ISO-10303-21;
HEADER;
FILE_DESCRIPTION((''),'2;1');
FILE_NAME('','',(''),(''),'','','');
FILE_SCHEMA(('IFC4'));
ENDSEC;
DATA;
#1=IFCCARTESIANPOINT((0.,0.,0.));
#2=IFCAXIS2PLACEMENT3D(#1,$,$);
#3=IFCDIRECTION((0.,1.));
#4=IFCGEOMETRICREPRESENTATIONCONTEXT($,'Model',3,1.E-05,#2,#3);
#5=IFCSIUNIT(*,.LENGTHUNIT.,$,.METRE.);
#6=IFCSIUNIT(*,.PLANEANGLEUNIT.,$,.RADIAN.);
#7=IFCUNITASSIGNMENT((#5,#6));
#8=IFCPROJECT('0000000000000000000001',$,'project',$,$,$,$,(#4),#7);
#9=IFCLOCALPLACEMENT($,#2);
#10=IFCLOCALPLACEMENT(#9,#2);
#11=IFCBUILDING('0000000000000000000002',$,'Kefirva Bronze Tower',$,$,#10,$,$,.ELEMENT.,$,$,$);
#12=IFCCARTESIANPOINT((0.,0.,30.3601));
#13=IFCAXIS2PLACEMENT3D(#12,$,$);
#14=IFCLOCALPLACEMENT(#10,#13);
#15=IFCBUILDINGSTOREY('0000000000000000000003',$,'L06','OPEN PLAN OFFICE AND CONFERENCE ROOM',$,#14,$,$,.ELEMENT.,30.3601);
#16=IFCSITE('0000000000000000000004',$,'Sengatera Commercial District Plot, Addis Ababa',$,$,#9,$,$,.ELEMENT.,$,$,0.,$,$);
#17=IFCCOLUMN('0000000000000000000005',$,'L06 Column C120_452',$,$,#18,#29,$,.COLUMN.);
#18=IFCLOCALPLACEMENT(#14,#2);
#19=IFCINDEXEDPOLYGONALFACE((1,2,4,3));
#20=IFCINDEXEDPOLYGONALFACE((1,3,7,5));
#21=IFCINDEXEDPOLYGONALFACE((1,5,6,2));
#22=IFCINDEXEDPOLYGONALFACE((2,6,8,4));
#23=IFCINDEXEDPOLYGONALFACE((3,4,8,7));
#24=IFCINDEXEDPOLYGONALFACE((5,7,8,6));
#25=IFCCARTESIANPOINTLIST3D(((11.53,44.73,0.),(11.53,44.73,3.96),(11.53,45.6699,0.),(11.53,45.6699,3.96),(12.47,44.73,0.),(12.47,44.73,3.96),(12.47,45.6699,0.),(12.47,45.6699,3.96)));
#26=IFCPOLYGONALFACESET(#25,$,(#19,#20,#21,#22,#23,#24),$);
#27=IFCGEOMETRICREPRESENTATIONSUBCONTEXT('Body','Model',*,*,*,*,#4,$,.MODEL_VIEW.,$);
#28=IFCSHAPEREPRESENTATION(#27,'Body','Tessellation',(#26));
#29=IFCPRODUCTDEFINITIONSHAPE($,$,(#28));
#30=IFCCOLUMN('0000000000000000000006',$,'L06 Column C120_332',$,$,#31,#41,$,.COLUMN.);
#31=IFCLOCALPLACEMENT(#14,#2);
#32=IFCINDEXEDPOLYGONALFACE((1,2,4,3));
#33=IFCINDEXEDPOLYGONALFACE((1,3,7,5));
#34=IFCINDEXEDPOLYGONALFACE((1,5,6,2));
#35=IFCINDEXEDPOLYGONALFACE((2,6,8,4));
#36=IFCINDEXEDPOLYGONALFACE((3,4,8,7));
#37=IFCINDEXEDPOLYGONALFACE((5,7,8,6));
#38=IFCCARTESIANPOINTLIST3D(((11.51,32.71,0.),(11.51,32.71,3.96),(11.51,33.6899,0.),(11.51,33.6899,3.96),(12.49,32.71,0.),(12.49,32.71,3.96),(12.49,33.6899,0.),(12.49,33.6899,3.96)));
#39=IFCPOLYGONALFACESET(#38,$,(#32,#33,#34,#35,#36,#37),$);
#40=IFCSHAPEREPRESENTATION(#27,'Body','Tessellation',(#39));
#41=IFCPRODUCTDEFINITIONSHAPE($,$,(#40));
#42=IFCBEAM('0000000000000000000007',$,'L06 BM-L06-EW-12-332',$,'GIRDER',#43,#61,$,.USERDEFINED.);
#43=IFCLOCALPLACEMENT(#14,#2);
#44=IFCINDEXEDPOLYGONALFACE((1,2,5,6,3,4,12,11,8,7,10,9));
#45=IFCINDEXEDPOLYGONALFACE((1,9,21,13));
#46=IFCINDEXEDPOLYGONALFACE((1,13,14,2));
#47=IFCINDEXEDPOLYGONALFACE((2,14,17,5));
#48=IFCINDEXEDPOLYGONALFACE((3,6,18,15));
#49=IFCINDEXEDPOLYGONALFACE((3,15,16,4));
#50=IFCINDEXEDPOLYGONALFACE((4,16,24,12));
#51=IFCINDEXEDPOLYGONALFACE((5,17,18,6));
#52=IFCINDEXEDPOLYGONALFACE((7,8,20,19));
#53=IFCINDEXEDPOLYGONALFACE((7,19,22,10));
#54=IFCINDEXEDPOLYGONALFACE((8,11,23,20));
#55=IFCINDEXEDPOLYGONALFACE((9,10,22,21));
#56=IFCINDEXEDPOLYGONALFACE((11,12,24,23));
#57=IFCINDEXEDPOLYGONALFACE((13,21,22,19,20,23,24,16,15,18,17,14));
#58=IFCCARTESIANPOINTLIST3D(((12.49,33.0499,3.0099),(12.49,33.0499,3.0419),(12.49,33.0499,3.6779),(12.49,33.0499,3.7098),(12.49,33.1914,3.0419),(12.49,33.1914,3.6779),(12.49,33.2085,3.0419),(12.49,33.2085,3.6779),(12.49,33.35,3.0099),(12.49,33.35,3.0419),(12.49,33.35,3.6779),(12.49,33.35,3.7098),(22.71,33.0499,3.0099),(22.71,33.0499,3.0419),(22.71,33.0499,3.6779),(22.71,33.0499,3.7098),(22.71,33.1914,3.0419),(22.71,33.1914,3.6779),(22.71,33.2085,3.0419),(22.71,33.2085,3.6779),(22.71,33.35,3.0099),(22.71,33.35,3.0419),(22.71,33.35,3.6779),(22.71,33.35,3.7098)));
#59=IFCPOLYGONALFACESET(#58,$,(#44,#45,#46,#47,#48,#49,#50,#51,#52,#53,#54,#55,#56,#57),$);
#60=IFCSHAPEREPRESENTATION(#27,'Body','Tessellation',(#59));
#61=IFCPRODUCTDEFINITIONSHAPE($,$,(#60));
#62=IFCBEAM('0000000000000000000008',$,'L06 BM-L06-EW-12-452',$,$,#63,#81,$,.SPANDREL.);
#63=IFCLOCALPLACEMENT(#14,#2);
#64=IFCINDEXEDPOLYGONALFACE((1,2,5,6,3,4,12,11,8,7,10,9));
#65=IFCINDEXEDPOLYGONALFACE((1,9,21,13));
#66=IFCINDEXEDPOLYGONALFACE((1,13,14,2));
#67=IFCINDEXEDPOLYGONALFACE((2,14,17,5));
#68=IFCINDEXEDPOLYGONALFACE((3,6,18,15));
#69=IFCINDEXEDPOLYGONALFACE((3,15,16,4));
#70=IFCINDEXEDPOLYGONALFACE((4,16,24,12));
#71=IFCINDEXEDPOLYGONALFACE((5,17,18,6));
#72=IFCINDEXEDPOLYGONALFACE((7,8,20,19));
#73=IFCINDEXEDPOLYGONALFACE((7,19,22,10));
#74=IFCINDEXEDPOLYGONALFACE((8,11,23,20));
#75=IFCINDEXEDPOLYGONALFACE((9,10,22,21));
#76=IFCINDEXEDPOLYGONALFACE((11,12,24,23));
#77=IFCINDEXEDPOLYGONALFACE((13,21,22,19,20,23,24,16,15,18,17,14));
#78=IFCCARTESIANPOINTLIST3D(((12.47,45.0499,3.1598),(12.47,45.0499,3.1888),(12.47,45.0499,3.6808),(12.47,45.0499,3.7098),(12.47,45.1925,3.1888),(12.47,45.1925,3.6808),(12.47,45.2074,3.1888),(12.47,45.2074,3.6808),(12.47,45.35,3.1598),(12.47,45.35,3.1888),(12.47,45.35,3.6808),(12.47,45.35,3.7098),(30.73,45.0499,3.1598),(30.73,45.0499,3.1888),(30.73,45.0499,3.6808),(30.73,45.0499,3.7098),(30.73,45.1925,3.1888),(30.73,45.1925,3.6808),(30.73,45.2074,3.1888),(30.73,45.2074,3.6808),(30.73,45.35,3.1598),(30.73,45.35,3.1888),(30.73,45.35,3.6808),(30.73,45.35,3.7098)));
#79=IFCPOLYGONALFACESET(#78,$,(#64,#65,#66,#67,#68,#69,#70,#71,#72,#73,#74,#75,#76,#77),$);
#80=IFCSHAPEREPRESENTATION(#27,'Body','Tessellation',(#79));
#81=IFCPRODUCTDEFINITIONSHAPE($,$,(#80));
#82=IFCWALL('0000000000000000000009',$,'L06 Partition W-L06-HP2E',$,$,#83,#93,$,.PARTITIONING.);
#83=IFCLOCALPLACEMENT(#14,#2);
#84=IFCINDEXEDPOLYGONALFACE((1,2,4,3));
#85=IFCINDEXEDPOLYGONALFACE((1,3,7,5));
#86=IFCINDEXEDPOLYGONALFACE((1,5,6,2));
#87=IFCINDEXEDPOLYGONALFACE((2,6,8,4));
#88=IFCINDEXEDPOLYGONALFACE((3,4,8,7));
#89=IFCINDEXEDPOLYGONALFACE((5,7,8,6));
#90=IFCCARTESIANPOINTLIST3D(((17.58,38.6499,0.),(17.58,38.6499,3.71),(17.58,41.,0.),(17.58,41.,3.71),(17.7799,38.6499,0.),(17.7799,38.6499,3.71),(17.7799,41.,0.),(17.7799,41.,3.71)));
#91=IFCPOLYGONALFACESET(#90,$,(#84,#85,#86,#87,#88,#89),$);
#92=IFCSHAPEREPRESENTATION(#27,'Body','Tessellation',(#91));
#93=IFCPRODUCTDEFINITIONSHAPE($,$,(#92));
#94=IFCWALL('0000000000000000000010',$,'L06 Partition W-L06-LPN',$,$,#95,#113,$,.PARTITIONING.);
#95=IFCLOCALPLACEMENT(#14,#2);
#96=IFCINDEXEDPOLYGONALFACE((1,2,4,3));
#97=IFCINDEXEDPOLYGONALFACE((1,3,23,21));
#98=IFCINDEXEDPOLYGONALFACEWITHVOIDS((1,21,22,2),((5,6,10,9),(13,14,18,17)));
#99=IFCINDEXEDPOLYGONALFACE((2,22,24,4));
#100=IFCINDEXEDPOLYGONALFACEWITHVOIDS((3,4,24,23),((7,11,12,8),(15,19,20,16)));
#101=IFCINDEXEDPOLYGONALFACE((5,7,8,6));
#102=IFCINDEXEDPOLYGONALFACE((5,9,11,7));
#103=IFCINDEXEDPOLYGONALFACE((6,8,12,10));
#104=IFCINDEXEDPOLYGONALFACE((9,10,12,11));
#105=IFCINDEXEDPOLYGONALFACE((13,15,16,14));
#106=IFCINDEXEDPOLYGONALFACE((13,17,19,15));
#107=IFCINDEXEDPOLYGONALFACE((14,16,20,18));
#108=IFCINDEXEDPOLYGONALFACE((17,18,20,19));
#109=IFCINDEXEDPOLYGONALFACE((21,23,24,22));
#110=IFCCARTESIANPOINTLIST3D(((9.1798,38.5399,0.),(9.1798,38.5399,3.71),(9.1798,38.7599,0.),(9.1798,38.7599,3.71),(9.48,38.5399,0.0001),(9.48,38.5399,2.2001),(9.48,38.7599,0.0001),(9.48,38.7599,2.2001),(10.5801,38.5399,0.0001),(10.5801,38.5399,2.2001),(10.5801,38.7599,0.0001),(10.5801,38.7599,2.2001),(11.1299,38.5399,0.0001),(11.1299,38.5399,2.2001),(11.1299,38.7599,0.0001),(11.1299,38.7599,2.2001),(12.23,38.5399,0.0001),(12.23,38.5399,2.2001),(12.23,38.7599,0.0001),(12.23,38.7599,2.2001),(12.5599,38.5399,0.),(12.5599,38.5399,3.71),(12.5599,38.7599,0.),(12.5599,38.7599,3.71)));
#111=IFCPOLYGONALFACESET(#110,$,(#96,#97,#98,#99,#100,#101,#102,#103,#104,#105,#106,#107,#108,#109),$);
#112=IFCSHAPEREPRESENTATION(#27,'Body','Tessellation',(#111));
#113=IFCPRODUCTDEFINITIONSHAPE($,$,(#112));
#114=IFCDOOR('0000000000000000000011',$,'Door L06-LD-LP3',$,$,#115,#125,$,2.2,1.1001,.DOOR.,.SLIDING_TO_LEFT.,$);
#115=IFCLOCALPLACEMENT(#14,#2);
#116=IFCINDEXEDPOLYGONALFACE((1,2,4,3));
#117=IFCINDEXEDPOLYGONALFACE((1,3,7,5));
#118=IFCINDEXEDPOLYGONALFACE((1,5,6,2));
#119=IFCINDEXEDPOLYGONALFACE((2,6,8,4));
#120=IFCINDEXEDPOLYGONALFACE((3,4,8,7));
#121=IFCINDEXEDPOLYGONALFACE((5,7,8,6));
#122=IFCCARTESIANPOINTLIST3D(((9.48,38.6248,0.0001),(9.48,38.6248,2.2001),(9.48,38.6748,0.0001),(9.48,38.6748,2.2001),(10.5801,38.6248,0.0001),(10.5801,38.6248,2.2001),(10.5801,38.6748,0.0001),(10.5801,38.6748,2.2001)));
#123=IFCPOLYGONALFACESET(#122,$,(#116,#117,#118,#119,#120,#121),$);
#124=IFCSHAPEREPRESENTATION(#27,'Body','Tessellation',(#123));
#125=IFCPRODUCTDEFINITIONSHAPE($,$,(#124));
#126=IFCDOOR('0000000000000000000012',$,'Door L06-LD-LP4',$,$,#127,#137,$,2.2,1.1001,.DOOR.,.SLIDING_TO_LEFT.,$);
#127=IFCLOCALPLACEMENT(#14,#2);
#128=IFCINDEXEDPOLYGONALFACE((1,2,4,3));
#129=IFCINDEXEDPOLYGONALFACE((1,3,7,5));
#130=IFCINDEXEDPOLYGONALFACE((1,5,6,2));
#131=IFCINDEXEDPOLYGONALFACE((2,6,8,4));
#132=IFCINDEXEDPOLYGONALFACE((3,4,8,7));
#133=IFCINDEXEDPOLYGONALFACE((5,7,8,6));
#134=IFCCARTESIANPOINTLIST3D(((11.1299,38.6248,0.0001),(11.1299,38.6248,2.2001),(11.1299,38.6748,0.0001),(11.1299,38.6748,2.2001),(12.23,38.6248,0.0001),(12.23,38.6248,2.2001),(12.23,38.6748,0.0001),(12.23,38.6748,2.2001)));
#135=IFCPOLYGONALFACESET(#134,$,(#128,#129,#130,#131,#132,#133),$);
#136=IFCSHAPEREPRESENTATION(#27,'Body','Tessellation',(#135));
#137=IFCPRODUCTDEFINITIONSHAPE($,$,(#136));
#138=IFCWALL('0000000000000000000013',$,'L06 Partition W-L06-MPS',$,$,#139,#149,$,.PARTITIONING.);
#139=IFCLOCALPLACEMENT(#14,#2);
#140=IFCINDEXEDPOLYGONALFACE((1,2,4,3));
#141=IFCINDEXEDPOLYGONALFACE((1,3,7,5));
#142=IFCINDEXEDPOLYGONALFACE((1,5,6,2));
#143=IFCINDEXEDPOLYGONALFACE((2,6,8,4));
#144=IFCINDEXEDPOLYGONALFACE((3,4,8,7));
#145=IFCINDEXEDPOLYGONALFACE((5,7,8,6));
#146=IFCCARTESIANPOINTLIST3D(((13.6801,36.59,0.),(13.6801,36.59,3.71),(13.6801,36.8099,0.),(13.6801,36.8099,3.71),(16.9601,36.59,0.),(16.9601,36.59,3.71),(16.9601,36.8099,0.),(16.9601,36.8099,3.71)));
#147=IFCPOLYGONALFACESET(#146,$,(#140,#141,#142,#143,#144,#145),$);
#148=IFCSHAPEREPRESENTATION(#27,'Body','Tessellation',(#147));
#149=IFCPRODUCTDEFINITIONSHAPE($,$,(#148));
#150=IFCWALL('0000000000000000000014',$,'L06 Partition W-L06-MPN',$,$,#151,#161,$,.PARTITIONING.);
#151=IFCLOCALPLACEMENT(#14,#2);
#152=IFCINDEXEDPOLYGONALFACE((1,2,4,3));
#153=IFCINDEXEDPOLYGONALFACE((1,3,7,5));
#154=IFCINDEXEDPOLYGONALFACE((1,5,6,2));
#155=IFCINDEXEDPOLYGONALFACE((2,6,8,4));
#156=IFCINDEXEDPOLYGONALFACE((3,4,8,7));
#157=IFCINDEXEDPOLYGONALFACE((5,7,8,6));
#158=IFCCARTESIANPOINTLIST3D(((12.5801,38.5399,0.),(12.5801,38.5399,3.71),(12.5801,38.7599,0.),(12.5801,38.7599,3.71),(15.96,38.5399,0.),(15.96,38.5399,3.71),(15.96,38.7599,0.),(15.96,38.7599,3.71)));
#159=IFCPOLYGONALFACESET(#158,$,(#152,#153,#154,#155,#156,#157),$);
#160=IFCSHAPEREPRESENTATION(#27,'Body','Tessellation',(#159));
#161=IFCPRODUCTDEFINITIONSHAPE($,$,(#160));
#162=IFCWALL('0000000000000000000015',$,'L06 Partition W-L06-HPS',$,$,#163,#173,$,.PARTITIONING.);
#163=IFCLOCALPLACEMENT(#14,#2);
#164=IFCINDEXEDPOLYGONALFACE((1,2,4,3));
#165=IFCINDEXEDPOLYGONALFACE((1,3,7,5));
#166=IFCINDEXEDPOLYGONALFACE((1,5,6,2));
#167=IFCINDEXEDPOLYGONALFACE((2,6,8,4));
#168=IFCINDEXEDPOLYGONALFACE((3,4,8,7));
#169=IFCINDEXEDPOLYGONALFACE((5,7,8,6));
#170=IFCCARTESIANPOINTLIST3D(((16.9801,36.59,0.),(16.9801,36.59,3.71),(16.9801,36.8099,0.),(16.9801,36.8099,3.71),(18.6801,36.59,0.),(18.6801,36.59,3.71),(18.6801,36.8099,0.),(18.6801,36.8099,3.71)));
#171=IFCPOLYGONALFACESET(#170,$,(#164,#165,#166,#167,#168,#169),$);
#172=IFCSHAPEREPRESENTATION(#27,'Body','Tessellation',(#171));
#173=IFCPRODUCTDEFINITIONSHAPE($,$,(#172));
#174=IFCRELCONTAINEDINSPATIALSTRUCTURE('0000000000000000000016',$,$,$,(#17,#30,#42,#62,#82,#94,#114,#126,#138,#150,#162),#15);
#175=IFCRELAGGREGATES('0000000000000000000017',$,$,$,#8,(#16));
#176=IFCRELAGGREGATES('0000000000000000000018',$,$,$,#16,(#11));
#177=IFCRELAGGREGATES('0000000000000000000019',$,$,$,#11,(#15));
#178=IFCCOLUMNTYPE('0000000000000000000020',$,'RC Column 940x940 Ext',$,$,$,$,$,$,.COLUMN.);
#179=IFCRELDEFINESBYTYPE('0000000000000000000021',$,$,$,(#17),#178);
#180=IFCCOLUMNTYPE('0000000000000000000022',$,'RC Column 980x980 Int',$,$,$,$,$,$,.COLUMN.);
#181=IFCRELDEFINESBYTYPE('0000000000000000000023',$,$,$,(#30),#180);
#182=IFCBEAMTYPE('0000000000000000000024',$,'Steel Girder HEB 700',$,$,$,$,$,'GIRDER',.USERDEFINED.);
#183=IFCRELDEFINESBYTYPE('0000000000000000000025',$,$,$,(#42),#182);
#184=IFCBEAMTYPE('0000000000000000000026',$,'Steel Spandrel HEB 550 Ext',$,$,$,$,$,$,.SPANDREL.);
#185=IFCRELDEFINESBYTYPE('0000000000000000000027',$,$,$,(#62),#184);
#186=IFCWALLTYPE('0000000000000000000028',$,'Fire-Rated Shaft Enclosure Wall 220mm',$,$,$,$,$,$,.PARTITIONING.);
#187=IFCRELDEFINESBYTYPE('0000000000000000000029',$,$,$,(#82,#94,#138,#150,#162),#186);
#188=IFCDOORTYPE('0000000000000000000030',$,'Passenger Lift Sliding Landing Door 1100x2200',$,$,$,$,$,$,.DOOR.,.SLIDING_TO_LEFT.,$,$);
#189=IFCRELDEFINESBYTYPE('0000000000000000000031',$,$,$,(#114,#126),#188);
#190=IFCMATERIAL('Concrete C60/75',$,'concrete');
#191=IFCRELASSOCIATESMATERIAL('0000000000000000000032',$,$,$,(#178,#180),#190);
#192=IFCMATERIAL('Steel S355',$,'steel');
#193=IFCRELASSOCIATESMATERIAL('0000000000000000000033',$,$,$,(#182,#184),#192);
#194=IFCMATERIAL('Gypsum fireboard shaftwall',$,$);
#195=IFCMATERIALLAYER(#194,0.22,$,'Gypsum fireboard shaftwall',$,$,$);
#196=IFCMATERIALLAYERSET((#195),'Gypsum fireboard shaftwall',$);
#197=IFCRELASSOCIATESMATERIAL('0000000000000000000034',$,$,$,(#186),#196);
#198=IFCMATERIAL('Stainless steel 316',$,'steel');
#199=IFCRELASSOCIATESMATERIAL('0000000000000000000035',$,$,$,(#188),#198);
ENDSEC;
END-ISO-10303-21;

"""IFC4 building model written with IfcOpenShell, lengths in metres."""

from ifc_helpers import new_model, si_unit, direction, frame, frame_2d, origin, origin_2d, place, context, subcontext, project, spatial, rectangle, i_section, extrude, material, layer, layer_set, material_profile, profile_set, type_object, element, fill, save


model = new_model("IFC4")

# Units and contexts
model_context = context("Model", 3, precision=1e-05, world=origin(), true_north=direction((0.0, 1.0)))
body_context = subcontext(model_context, "Body", "Model", "MODEL_VIEW")
ifc_project = project(units=[si_unit("LENGTHUNIT", "METRE"), si_unit("PLANEANGLEUNIT", "RADIAN")], contexts=[model_context])

# Site, building, storey
site_placement = place(None, origin())
site = spatial("IfcSite", under=ifc_project, at=site_placement, Name="Sengatera Commercial District Plot, Addis Ababa", CompositionType="ELEMENT", RefElevation=0.0)
building_placement = place(site_placement, origin())
building = spatial("IfcBuilding", under=site, at=building_placement, Name="Kefirva Bronze Tower", CompositionType="ELEMENT")
storey_placement = place(building_placement, frame((0.0, 0.0, 30.3601)))
storey = spatial("IfcBuildingStorey", under=building, at=storey_placement, Name="L06", Description="OPEN PLAN OFFICE AND CONFERENCE ROOM", CompositionType="ELEMENT", Elevation=30.3601)

# Columns
ifc_material_1 = material(Name="Concrete C60/75", Category="concrete")
ifc_material_profile_1 = material_profile(ifc_material_1, rectangle(XDim=0.9399, YDim=0.9399, at=origin_2d()), Name="RC 940x940")
ifc_profile_set_1 = profile_set([ifc_material_profile_1], Name="Concrete C60/75")
column_type_1 = type_object("IfcColumnType", Name="RC Column 940x940 Ext", PredefinedType="COLUMN", material=ifc_profile_set_1)
column_1_placement = place(storey_placement, frame((12.0, 45.2, 0.0), z_axis=(0.0, 0.0, 1.0), x_axis=(1.0, 0.0, 0.0)))
element("IfcColumn", 1, at=column_1_placement, inside=storey, type_object=column_type_1, Name="L06 Column C120_452", PredefinedType="COLUMN", context=body_context, shape_type="SweptSolid", body=[
    extrude(rectangle(XDim=0.9399, YDim=0.9399, at=origin_2d()), origin(), (0.0, 0.0, 1.0), 3.96),
])
ifc_material_profile_2 = material_profile(ifc_material_1, rectangle(XDim=0.98, YDim=0.98, at=origin_2d()), Name="RC 980x980")
ifc_profile_set_2 = profile_set([ifc_material_profile_2], Name="Concrete C60/75")
column_type_2 = type_object("IfcColumnType", Name="RC Column 980x980 Int", PredefinedType="COLUMN", material=ifc_profile_set_2)
column_2_placement = place(storey_placement, frame((12.0, 33.2, 0.0), z_axis=(0.0, 0.0, 1.0), x_axis=(1.0, 0.0, 0.0)))
element("IfcColumn", 2, at=column_2_placement, inside=storey, type_object=column_type_2, Name="L06 Column C120_332", PredefinedType="COLUMN", context=body_context, shape_type="SweptSolid", body=[
    extrude(rectangle(XDim=0.98, YDim=0.98, at=origin_2d()), origin(), (0.0, 0.0, 1.0), 3.96),
])

# Beams
ifc_material_2 = material(Name="Steel S355", Category="steel")
ifc_material_profile_3 = material_profile(ifc_material_2, i_section(OverallWidth=0.3, OverallDepth=0.7, WebThickness=0.0171, FlangeThickness=0.032, at=origin_2d()), Name="HEB 700")
ifc_profile_set_3 = profile_set([ifc_material_profile_3], Name="Steel S355")
beam_type_1 = type_object("IfcBeamType", Name="Steel Girder HEB 700", ElementType="GIRDER", PredefinedType="USERDEFINED", material=ifc_profile_set_3)
beam_1_placement = place(storey_placement, frame((12.49, 33.2, 3.3599), z_axis=(1.0, 0.0, 0.0), x_axis=(0.0, 1.0, 0.0)))
element("IfcBeam", 3, at=beam_1_placement, inside=storey, type_object=beam_type_1, Name="L06 BM-L06-EW-12-332", ObjectType="GIRDER", PredefinedType="USERDEFINED", context=body_context, shape_type="SweptSolid", body=[
    extrude(i_section(OverallWidth=0.3, OverallDepth=0.7, WebThickness=0.0171, FlangeThickness=0.032, at=origin_2d()), origin(), (0.0, 0.0, 1.0), 10.22),
])
ifc_material_profile_4 = material_profile(ifc_material_2, i_section(OverallWidth=0.3, OverallDepth=0.55, WebThickness=0.0149, FlangeThickness=0.0291, at=origin_2d()), Name="HEB 550")
ifc_profile_set_4 = profile_set([ifc_material_profile_4], Name="Steel S355")
beam_type_2 = type_object("IfcBeamType", Name="Steel Spandrel HEB 550 Ext", PredefinedType="SPANDREL", material=ifc_profile_set_4)
beam_2_placement = place(storey_placement, frame((12.47, 45.2, 3.4348), z_axis=(1.0, 0.0, 0.0), x_axis=(0.0, 1.0, 0.0)))
element("IfcBeam", 4, at=beam_2_placement, inside=storey, type_object=beam_type_2, Name="L06 BM-L06-EW-12-452", PredefinedType="SPANDREL", context=body_context, shape_type="SweptSolid", body=[
    extrude(i_section(OverallWidth=0.3, OverallDepth=0.55, WebThickness=0.0149, FlangeThickness=0.0291, at=origin_2d()), origin(), (0.0, 0.0, 1.0), 18.26),
])

# Wall
ifc_material_3 = material(Name="Gypsum fireboard shaftwall")
ifc_layer_1 = layer(ifc_material_3, 0.22, Name="Gypsum fireboard shaftwall")
ifc_layer_set_1 = layer_set([ifc_layer_1], Name="Gypsum fireboard shaftwall")
wall_type_1 = type_object("IfcWallType", Name="Fire-Rated Shaft Enclosure Wall 220mm", PredefinedType="PARTITIONING", material=ifc_layer_set_1)
wall_1_placement = place(storey_placement, frame((17.6799, 38.6499, 0.0), z_axis=(0.0, 0.0, 1.0), x_axis=(0.0, 1.0, 0.0)))
element("IfcWall", 5, at=wall_1_placement, inside=storey, type_object=wall_type_1, Name="L06 Partition W-L06-HP2E", PredefinedType="PARTITIONING", context=body_context, shape_type="SweptSolid", body=[
    extrude(rectangle(XDim=2.3501, YDim=0.2, at=frame_2d((1.175, 0.0))), origin(), (0.0, 0.0, 1.0), 3.71),
])

# Wall, openings, doors
wall_2_placement = place(storey_placement, frame((9.1799, 38.6499, 0.0), z_axis=(0.0, 0.0, 1.0), x_axis=(1.0, 0.0, 0.0)))
wall_2 = element("IfcWall", 6, at=wall_2_placement, inside=storey, type_object=wall_type_1, Name="L06 Partition W-L06-LPN", PredefinedType="PARTITIONING", context=body_context, shape_type="SweptSolid", body=[
    extrude(rectangle(XDim=3.3801, YDim=0.22, at=frame_2d((1.6899, 0.0))), origin(), (0.0, 0.0, 1.0), 3.71),
])
opening_1_placement = place(wall_2_placement, frame((0.3, 0.0, 0.0)))
opening_1 = element("IfcOpeningElement", 7, at=opening_1_placement, cuts=wall_2, PredefinedType="OPENING", context=body_context, shape_type="SweptSolid", body=[
    extrude(rectangle(XDim=1.1001, YDim=2.2, at=frame_2d((0.55, 1.1001))), frame((0.0, 0.1201, 0.0), z_axis=(0.0, -1.0, 0.0), x_axis=(1.0, 0.0, 0.0)), (0.0, 0.0, 1.0), 0.24),
])
opening_2_placement = place(wall_2_placement, frame((1.95, 0.0, 0.0)))
opening_2 = element("IfcOpeningElement", 8, at=opening_2_placement, cuts=wall_2, PredefinedType="OPENING", context=body_context, shape_type="SweptSolid", body=[
    extrude(rectangle(XDim=1.1001, YDim=2.2, at=frame_2d((0.55, 1.1001))), frame((0.0, 0.1201, 0.0), z_axis=(0.0, -1.0, 0.0), x_axis=(1.0, 0.0, 0.0)), (0.0, 0.0, 1.0), 0.24),
])
ifc_material_4 = material(Name="Stainless steel 316", Category="steel")
door_type_1 = type_object("IfcDoorType", Name="Passenger Lift Sliding Landing Door 1100x2200", OperationType="SLIDING_TO_LEFT", PredefinedType="DOOR", material=ifc_material_4)
door_1_placement = place(opening_1_placement, origin())
door_1 = element("IfcDoor", 9, at=door_1_placement, inside=storey, type_object=door_type_1, Name="Door L06-LD-LP3", OperationType="SLIDING_TO_LEFT", OverallHeight=2.2, OverallWidth=1.1001, PredefinedType="DOOR", context=body_context, shape_type="SweptSolid", body=[
    extrude(rectangle(XDim=1.1001, YDim=2.2, at=frame_2d((0.55, 1.1001))), frame((0.0, 0.0249, 0.0), z_axis=(0.0, -1.0, 0.0), x_axis=(1.0, 0.0, 0.0)), (0.0, 0.0, 1.0), 0.05),
])
fill(opening_1, door_1)
door_2_placement = place(opening_2_placement, origin())
door_2 = element("IfcDoor", 10, at=door_2_placement, inside=storey, type_object=door_type_1, Name="Door L06-LD-LP4", OperationType="SLIDING_TO_LEFT", OverallHeight=2.2, OverallWidth=1.1001, PredefinedType="DOOR", context=body_context, shape_type="SweptSolid", body=[
    extrude(rectangle(XDim=1.1001, YDim=2.2, at=frame_2d((0.55, 1.1001))), frame((0.0, 0.0249, 0.0), z_axis=(0.0, -1.0, 0.0), x_axis=(1.0, 0.0, 0.0)), (0.0, 0.0, 1.0), 0.05),
])
fill(opening_2, door_2)

# Walls
wall_3_placement = place(storey_placement, frame((13.6799, 36.7, 0.0), z_axis=(0.0, 0.0, 1.0), x_axis=(1.0, 0.0, 0.0)))
element("IfcWall", 11, at=wall_3_placement, inside=storey, type_object=wall_type_1, Name="L06 Partition W-L06-MPS", PredefinedType="PARTITIONING", context=body_context, shape_type="SweptSolid", body=[
    extrude(rectangle(XDim=3.28, YDim=0.22, at=frame_2d((1.6401, 0.0))), origin(), (0.0, 0.0, 1.0), 3.71),
])
wall_4_placement = place(storey_placement, frame((12.5801, 38.6499, 0.0), z_axis=(0.0, 0.0, 1.0), x_axis=(1.0, 0.0, 0.0)))
element("IfcWall", 12, at=wall_4_placement, inside=storey, type_object=wall_type_1, Name="L06 Partition W-L06-MPN", PredefinedType="PARTITIONING", context=body_context, shape_type="SweptSolid", body=[
    extrude(rectangle(XDim=3.3799, YDim=0.22, at=frame_2d((1.6899, 0.0))), origin(), (0.0, 0.0, 1.0), 3.71),
])
wall_5_placement = place(storey_placement, frame((16.98, 36.7, 0.0), z_axis=(0.0, 0.0, 1.0), x_axis=(1.0, 0.0, 0.0)))
element("IfcWall", 13, at=wall_5_placement, inside=storey, type_object=wall_type_1, Name="L06 Partition W-L06-HPS", PredefinedType="PARTITIONING", context=body_context, shape_type="SweptSolid", body=[
    extrude(rectangle(XDim=1.7, YDim=0.22, at=frame_2d((0.8501, 0.0))), origin(), (0.0, 0.0, 1.0), 3.71),
])

save(model, "model.ifc")
